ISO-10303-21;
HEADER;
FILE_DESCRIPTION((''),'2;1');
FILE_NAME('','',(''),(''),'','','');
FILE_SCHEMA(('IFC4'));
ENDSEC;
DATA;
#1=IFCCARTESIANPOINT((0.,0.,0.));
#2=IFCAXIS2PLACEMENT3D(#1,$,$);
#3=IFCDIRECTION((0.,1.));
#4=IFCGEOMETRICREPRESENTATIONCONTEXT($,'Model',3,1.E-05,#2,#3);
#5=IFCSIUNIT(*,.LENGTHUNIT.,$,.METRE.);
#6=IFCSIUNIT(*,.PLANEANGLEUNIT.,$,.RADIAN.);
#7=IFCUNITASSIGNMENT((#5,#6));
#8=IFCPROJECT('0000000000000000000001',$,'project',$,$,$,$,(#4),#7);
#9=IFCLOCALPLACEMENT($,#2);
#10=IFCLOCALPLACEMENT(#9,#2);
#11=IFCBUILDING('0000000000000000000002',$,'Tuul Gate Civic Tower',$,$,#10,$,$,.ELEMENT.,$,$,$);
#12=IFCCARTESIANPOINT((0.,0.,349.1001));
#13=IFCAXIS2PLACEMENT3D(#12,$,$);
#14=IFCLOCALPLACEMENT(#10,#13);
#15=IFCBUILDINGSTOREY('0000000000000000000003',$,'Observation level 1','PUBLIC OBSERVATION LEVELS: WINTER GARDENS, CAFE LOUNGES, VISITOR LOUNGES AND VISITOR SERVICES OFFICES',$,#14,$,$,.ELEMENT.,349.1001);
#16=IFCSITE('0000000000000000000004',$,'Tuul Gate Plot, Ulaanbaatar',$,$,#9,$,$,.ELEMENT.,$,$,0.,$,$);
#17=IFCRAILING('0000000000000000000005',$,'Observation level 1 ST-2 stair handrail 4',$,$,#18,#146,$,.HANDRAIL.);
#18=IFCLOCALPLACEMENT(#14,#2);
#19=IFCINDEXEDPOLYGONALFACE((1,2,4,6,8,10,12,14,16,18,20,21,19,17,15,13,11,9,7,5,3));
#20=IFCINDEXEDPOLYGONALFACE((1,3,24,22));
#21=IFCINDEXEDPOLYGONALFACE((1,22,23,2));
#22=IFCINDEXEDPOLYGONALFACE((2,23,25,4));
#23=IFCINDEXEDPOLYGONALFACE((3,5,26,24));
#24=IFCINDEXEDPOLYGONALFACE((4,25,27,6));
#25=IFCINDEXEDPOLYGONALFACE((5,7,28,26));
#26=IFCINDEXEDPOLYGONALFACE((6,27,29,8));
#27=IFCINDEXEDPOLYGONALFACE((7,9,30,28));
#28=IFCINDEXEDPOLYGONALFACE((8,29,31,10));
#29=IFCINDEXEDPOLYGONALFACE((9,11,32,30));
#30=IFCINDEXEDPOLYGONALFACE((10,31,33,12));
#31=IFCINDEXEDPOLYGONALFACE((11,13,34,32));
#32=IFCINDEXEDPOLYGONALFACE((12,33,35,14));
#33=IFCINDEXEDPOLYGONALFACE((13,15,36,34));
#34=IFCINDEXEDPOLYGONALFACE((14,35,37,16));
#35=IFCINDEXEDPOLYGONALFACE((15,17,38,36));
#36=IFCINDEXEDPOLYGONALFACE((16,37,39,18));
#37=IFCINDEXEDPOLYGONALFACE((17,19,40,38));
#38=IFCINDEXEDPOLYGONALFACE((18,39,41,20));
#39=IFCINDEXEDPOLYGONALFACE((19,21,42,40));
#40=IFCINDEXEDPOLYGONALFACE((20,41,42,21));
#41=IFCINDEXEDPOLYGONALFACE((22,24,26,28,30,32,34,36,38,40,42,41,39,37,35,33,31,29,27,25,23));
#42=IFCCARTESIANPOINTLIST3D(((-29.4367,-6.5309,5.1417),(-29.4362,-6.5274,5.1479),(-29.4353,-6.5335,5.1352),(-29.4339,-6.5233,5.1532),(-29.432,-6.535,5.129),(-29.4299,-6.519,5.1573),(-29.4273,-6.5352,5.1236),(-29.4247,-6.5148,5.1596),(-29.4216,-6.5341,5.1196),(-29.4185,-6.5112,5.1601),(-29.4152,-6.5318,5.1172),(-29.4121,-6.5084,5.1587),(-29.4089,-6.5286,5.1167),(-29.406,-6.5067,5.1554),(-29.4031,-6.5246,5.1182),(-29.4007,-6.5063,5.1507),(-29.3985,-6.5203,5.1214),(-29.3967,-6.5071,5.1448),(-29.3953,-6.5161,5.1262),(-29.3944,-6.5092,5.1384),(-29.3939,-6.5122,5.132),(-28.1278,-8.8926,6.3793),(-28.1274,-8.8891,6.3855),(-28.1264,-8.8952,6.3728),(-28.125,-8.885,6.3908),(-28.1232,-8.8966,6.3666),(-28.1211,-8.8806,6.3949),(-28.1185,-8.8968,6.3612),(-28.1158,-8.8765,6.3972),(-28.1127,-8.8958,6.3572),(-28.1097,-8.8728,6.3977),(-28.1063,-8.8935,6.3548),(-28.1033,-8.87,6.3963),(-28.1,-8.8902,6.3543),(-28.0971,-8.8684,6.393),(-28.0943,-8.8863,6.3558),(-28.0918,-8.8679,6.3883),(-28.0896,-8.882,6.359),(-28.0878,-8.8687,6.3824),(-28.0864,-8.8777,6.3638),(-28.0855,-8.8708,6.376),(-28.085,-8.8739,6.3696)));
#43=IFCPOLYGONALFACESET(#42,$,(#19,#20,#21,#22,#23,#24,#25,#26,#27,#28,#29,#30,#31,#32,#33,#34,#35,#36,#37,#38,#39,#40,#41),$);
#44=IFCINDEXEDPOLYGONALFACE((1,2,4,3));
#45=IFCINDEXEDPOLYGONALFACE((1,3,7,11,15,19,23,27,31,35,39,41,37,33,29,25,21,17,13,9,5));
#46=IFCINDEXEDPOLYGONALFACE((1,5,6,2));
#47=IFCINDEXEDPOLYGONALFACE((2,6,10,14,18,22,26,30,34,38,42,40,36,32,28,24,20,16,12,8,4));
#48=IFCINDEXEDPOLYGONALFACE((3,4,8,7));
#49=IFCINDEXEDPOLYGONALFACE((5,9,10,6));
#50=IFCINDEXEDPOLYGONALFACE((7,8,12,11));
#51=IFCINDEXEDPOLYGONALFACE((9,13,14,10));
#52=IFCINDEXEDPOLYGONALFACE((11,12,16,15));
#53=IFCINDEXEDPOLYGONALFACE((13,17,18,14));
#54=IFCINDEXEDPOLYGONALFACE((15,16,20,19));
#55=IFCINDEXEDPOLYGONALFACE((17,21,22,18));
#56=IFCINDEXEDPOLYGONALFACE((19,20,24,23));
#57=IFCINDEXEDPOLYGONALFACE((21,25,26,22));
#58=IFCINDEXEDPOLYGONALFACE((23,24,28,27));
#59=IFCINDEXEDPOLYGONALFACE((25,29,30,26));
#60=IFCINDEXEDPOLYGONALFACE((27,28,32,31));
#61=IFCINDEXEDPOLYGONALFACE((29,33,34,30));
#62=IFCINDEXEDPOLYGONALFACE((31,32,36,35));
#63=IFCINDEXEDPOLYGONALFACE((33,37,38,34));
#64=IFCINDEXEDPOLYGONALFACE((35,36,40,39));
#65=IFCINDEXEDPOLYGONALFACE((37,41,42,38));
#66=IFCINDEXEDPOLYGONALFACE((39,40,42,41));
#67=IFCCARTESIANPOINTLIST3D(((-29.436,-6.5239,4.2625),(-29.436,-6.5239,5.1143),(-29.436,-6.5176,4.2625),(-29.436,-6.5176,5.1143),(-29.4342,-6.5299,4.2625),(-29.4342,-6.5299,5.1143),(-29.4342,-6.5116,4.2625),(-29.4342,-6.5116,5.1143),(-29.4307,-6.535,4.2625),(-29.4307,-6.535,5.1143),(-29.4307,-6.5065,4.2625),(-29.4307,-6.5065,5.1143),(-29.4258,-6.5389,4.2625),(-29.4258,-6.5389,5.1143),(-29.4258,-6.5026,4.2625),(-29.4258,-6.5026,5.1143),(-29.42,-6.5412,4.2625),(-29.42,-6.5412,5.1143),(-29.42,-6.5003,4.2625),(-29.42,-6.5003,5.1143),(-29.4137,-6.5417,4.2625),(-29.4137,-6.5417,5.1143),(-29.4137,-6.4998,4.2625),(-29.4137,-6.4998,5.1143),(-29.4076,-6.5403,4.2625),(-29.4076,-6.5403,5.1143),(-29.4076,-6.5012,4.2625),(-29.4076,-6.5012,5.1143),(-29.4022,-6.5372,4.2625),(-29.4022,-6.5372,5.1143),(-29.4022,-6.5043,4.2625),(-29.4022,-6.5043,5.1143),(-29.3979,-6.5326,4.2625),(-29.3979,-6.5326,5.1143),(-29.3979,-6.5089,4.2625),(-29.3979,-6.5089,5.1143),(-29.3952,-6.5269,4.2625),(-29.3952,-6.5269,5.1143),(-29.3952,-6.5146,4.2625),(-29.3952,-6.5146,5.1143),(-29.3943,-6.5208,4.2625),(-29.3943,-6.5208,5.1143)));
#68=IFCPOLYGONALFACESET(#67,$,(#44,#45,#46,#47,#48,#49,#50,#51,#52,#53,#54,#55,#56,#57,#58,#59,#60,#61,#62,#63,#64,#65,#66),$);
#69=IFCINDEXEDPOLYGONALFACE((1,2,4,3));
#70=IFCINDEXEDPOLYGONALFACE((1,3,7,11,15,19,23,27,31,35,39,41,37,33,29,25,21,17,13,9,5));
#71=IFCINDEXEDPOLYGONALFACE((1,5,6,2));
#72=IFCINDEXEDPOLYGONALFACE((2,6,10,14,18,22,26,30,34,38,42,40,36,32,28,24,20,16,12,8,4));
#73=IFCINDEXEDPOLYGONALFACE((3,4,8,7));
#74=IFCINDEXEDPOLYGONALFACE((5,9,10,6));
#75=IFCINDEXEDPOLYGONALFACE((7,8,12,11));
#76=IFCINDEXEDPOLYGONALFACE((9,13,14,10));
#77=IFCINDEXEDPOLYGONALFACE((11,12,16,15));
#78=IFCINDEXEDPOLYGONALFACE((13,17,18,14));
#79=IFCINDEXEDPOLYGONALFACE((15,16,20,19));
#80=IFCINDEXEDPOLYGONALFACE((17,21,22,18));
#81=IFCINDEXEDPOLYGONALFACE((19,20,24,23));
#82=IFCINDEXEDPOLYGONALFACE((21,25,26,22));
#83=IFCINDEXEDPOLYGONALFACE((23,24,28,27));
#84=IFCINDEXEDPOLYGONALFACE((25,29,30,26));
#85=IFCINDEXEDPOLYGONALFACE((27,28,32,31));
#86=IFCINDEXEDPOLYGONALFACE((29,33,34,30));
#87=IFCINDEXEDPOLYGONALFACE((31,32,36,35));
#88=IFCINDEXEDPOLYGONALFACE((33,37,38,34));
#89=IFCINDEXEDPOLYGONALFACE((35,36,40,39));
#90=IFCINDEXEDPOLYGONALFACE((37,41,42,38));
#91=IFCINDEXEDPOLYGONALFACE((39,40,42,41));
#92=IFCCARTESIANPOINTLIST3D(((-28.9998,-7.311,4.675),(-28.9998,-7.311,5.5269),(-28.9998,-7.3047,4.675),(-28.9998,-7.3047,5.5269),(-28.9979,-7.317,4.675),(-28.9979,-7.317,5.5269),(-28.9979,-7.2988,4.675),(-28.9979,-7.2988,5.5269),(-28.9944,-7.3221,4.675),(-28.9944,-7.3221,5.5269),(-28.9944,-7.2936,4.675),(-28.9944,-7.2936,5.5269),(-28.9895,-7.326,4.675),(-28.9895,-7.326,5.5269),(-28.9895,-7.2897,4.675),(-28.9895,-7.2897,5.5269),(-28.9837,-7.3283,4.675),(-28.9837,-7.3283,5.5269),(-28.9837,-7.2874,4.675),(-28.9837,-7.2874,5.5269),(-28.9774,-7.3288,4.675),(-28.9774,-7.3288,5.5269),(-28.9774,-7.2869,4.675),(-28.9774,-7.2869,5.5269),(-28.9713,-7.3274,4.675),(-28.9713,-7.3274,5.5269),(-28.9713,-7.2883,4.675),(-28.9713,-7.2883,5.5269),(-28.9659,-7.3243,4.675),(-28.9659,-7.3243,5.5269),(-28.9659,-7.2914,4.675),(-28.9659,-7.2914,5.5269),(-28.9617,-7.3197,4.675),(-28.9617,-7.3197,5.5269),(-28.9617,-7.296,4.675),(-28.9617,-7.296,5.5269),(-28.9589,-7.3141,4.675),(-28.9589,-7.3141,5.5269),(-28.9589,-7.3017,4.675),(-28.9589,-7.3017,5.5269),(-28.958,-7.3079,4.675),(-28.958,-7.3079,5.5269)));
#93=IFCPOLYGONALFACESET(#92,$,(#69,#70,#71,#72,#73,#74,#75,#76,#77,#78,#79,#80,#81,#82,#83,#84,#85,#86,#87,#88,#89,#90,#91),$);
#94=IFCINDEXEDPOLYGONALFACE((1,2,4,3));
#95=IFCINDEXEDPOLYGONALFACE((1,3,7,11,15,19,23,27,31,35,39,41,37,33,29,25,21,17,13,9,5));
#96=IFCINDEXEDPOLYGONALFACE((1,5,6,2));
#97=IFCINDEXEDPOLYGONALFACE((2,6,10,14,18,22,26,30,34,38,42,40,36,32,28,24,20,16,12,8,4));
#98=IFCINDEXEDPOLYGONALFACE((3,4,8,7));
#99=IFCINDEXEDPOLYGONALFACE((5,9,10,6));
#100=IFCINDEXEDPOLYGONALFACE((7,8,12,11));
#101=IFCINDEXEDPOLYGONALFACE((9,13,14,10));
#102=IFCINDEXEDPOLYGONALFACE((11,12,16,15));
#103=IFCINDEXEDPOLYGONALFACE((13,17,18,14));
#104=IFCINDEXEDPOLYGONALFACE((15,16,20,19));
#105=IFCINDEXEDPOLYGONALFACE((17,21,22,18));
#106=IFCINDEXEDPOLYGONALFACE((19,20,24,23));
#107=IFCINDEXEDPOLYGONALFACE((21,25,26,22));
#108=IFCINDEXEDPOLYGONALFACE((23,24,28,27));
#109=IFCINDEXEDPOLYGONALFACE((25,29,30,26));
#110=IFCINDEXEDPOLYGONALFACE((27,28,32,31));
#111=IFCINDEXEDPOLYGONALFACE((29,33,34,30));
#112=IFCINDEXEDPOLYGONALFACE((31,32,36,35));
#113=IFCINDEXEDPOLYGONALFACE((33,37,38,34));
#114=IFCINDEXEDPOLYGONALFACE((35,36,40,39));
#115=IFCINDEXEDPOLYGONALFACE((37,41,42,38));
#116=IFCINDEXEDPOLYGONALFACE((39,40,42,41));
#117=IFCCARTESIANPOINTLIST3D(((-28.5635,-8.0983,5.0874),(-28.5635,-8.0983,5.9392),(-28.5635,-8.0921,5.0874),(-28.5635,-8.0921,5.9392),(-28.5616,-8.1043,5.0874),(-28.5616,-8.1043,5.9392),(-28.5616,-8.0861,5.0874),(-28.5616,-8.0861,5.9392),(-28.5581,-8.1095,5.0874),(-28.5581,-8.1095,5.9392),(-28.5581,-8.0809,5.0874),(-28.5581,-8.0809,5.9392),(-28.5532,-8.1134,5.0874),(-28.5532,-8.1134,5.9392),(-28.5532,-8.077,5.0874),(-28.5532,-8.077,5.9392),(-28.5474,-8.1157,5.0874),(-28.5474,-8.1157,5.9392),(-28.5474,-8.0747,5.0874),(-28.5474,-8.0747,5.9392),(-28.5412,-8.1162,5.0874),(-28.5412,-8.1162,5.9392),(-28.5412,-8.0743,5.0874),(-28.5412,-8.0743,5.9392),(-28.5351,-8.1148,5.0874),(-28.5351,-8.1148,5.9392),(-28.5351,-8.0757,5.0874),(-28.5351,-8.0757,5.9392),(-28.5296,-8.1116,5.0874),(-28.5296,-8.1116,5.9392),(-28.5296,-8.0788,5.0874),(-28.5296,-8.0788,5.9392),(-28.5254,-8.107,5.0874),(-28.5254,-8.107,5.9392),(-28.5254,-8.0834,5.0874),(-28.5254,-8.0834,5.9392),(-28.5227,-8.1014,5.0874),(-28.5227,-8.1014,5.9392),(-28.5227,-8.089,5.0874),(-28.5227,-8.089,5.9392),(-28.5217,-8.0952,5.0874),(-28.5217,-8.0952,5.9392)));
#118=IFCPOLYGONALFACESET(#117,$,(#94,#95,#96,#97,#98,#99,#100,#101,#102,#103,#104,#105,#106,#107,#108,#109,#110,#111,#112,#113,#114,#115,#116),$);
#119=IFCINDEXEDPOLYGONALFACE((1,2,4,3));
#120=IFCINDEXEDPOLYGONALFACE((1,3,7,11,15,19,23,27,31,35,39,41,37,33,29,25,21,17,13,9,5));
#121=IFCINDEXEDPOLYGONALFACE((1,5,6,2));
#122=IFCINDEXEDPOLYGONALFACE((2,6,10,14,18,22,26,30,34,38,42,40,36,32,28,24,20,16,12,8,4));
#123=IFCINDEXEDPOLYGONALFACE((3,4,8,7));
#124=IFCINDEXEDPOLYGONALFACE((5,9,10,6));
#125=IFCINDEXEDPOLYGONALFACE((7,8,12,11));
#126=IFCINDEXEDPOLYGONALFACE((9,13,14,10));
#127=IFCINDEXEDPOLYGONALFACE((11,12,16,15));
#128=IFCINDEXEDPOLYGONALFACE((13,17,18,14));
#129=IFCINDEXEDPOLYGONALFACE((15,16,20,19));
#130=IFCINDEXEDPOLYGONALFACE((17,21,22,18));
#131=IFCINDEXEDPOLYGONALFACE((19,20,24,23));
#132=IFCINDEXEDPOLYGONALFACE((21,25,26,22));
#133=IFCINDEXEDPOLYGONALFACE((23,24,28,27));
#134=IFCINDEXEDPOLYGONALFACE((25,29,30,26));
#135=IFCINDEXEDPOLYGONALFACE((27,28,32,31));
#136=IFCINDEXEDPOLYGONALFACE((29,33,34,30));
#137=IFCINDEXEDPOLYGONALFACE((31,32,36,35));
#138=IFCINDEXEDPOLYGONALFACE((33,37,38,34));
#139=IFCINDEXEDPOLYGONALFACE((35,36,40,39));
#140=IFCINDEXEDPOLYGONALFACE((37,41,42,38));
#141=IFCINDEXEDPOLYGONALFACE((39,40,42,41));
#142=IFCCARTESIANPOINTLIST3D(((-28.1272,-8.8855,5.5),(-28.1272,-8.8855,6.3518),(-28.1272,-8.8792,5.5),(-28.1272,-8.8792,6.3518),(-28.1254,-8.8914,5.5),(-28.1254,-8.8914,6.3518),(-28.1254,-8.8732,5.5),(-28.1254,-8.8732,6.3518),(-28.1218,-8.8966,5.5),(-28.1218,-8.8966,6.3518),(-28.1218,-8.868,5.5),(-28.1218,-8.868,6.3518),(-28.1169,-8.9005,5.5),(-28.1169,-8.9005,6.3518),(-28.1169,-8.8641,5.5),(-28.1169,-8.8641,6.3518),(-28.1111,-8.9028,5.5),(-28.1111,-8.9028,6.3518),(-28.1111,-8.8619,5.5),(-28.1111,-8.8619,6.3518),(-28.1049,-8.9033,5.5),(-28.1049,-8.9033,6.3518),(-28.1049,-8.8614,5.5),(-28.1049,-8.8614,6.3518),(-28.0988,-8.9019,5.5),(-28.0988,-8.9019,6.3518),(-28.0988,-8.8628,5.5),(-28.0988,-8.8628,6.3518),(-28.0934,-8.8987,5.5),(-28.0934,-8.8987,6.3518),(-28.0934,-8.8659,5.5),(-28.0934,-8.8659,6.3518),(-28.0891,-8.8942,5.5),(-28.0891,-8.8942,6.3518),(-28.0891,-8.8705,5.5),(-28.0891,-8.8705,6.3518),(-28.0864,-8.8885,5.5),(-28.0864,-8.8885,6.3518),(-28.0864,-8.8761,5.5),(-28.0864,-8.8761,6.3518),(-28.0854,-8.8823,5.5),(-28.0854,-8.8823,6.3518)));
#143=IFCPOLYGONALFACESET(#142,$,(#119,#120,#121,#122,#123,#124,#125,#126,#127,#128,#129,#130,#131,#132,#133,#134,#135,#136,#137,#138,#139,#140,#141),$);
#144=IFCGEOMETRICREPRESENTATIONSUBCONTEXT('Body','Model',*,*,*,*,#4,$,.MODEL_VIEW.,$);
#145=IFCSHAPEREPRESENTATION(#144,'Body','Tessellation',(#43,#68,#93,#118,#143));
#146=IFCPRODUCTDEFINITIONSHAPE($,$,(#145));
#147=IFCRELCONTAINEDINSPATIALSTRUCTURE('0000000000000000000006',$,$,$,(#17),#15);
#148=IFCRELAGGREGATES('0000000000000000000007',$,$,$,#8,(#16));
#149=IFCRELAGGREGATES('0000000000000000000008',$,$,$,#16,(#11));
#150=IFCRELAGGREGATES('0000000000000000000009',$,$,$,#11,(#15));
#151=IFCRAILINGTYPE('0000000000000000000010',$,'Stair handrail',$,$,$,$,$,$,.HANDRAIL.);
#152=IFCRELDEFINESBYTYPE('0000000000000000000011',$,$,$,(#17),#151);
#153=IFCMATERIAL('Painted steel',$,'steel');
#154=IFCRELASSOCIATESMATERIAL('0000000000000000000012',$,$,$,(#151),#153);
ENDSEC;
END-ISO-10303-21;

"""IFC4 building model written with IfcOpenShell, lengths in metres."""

from ifc_helpers import new_model, si_unit, direction, frame, origin, origin_2d, place, context, subcontext, project, spatial, circle, extrude, material, type_object, element, save


model = new_model("IFC4")

# Units and contexts
model_context = context("Model", 3, precision=1e-05, world=origin(), true_north=direction((0.0, 1.0)))
body_context = subcontext(model_context, "Body", "Model", "MODEL_VIEW")
ifc_project = project(units=[si_unit("LENGTHUNIT", "METRE"), si_unit("PLANEANGLEUNIT", "RADIAN")], contexts=[model_context])

# Site, building, storey
site_placement = place(None, origin())
site = spatial("IfcSite", under=ifc_project, at=site_placement, Name="Tuul Gate Plot, Ulaanbaatar", CompositionType="ELEMENT", RefElevation=0.0)
building_placement = place(site_placement, origin())
building = spatial("IfcBuilding", under=site, at=building_placement, Name="Tuul Gate Civic Tower", CompositionType="ELEMENT")
storey_placement = place(building_placement, frame((0.0, 0.0, 349.1001)))
storey = spatial("IfcBuildingStorey", under=building, at=storey_placement, Name="Observation level 1", Description="PUBLIC OBSERVATION LEVELS: WINTER GARDENS, CAFE LOUNGES, VISITOR LOUNGES AND VISITOR SERVICES OFFICES", CompositionType="ELEMENT", Elevation=349.1001)

# Railing
ifc_material_1 = material(Name="Painted steel", Category="steel")
railing_type_1 = type_object("IfcRailingType", Name="Stair handrail", PredefinedType="HANDRAIL", material=ifc_material_1)
railing_1_placement = place(storey_placement, frame((-29.4153, -6.5208, 4.2625)))
element("IfcRailing", 1, at=railing_1_placement, inside=storey, type_object=railing_type_1, Name="Observation level 1 ST-2 stair handrail 4", PredefinedType="HANDRAIL", context=body_context, shape_type="SweptSolid", body=[
    extrude(circle(Radius=0.0239, at=origin_2d()), frame((0.0, 0.0, 0.876), z_axis=(0.440668, -0.79511, 0.416666), x_axis=(0.874652, 0.484752, 0.0)), (0.0, 0.0, 1.0), 2.9702),
    extrude(circle(Radius=0.021, at=origin_2d()), origin(), (0.0, 0.0, 1.0), 0.8518),
    extrude(circle(Radius=0.021, at=origin_2d()), frame((0.4363, -0.7871, 0.4126)), (0.0, 0.0, 1.0), 0.8518),
    extrude(circle(Radius=0.021, at=origin_2d()), frame((0.8726, -1.5745, 0.825)), (0.0, 0.0, 1.0), 0.8518),
    extrude(circle(Radius=0.021, at=origin_2d()), frame((1.3088, -2.3616, 1.2375)), (0.0, 0.0, 1.0), 0.8518),
])

save(model, "model.ifc")
